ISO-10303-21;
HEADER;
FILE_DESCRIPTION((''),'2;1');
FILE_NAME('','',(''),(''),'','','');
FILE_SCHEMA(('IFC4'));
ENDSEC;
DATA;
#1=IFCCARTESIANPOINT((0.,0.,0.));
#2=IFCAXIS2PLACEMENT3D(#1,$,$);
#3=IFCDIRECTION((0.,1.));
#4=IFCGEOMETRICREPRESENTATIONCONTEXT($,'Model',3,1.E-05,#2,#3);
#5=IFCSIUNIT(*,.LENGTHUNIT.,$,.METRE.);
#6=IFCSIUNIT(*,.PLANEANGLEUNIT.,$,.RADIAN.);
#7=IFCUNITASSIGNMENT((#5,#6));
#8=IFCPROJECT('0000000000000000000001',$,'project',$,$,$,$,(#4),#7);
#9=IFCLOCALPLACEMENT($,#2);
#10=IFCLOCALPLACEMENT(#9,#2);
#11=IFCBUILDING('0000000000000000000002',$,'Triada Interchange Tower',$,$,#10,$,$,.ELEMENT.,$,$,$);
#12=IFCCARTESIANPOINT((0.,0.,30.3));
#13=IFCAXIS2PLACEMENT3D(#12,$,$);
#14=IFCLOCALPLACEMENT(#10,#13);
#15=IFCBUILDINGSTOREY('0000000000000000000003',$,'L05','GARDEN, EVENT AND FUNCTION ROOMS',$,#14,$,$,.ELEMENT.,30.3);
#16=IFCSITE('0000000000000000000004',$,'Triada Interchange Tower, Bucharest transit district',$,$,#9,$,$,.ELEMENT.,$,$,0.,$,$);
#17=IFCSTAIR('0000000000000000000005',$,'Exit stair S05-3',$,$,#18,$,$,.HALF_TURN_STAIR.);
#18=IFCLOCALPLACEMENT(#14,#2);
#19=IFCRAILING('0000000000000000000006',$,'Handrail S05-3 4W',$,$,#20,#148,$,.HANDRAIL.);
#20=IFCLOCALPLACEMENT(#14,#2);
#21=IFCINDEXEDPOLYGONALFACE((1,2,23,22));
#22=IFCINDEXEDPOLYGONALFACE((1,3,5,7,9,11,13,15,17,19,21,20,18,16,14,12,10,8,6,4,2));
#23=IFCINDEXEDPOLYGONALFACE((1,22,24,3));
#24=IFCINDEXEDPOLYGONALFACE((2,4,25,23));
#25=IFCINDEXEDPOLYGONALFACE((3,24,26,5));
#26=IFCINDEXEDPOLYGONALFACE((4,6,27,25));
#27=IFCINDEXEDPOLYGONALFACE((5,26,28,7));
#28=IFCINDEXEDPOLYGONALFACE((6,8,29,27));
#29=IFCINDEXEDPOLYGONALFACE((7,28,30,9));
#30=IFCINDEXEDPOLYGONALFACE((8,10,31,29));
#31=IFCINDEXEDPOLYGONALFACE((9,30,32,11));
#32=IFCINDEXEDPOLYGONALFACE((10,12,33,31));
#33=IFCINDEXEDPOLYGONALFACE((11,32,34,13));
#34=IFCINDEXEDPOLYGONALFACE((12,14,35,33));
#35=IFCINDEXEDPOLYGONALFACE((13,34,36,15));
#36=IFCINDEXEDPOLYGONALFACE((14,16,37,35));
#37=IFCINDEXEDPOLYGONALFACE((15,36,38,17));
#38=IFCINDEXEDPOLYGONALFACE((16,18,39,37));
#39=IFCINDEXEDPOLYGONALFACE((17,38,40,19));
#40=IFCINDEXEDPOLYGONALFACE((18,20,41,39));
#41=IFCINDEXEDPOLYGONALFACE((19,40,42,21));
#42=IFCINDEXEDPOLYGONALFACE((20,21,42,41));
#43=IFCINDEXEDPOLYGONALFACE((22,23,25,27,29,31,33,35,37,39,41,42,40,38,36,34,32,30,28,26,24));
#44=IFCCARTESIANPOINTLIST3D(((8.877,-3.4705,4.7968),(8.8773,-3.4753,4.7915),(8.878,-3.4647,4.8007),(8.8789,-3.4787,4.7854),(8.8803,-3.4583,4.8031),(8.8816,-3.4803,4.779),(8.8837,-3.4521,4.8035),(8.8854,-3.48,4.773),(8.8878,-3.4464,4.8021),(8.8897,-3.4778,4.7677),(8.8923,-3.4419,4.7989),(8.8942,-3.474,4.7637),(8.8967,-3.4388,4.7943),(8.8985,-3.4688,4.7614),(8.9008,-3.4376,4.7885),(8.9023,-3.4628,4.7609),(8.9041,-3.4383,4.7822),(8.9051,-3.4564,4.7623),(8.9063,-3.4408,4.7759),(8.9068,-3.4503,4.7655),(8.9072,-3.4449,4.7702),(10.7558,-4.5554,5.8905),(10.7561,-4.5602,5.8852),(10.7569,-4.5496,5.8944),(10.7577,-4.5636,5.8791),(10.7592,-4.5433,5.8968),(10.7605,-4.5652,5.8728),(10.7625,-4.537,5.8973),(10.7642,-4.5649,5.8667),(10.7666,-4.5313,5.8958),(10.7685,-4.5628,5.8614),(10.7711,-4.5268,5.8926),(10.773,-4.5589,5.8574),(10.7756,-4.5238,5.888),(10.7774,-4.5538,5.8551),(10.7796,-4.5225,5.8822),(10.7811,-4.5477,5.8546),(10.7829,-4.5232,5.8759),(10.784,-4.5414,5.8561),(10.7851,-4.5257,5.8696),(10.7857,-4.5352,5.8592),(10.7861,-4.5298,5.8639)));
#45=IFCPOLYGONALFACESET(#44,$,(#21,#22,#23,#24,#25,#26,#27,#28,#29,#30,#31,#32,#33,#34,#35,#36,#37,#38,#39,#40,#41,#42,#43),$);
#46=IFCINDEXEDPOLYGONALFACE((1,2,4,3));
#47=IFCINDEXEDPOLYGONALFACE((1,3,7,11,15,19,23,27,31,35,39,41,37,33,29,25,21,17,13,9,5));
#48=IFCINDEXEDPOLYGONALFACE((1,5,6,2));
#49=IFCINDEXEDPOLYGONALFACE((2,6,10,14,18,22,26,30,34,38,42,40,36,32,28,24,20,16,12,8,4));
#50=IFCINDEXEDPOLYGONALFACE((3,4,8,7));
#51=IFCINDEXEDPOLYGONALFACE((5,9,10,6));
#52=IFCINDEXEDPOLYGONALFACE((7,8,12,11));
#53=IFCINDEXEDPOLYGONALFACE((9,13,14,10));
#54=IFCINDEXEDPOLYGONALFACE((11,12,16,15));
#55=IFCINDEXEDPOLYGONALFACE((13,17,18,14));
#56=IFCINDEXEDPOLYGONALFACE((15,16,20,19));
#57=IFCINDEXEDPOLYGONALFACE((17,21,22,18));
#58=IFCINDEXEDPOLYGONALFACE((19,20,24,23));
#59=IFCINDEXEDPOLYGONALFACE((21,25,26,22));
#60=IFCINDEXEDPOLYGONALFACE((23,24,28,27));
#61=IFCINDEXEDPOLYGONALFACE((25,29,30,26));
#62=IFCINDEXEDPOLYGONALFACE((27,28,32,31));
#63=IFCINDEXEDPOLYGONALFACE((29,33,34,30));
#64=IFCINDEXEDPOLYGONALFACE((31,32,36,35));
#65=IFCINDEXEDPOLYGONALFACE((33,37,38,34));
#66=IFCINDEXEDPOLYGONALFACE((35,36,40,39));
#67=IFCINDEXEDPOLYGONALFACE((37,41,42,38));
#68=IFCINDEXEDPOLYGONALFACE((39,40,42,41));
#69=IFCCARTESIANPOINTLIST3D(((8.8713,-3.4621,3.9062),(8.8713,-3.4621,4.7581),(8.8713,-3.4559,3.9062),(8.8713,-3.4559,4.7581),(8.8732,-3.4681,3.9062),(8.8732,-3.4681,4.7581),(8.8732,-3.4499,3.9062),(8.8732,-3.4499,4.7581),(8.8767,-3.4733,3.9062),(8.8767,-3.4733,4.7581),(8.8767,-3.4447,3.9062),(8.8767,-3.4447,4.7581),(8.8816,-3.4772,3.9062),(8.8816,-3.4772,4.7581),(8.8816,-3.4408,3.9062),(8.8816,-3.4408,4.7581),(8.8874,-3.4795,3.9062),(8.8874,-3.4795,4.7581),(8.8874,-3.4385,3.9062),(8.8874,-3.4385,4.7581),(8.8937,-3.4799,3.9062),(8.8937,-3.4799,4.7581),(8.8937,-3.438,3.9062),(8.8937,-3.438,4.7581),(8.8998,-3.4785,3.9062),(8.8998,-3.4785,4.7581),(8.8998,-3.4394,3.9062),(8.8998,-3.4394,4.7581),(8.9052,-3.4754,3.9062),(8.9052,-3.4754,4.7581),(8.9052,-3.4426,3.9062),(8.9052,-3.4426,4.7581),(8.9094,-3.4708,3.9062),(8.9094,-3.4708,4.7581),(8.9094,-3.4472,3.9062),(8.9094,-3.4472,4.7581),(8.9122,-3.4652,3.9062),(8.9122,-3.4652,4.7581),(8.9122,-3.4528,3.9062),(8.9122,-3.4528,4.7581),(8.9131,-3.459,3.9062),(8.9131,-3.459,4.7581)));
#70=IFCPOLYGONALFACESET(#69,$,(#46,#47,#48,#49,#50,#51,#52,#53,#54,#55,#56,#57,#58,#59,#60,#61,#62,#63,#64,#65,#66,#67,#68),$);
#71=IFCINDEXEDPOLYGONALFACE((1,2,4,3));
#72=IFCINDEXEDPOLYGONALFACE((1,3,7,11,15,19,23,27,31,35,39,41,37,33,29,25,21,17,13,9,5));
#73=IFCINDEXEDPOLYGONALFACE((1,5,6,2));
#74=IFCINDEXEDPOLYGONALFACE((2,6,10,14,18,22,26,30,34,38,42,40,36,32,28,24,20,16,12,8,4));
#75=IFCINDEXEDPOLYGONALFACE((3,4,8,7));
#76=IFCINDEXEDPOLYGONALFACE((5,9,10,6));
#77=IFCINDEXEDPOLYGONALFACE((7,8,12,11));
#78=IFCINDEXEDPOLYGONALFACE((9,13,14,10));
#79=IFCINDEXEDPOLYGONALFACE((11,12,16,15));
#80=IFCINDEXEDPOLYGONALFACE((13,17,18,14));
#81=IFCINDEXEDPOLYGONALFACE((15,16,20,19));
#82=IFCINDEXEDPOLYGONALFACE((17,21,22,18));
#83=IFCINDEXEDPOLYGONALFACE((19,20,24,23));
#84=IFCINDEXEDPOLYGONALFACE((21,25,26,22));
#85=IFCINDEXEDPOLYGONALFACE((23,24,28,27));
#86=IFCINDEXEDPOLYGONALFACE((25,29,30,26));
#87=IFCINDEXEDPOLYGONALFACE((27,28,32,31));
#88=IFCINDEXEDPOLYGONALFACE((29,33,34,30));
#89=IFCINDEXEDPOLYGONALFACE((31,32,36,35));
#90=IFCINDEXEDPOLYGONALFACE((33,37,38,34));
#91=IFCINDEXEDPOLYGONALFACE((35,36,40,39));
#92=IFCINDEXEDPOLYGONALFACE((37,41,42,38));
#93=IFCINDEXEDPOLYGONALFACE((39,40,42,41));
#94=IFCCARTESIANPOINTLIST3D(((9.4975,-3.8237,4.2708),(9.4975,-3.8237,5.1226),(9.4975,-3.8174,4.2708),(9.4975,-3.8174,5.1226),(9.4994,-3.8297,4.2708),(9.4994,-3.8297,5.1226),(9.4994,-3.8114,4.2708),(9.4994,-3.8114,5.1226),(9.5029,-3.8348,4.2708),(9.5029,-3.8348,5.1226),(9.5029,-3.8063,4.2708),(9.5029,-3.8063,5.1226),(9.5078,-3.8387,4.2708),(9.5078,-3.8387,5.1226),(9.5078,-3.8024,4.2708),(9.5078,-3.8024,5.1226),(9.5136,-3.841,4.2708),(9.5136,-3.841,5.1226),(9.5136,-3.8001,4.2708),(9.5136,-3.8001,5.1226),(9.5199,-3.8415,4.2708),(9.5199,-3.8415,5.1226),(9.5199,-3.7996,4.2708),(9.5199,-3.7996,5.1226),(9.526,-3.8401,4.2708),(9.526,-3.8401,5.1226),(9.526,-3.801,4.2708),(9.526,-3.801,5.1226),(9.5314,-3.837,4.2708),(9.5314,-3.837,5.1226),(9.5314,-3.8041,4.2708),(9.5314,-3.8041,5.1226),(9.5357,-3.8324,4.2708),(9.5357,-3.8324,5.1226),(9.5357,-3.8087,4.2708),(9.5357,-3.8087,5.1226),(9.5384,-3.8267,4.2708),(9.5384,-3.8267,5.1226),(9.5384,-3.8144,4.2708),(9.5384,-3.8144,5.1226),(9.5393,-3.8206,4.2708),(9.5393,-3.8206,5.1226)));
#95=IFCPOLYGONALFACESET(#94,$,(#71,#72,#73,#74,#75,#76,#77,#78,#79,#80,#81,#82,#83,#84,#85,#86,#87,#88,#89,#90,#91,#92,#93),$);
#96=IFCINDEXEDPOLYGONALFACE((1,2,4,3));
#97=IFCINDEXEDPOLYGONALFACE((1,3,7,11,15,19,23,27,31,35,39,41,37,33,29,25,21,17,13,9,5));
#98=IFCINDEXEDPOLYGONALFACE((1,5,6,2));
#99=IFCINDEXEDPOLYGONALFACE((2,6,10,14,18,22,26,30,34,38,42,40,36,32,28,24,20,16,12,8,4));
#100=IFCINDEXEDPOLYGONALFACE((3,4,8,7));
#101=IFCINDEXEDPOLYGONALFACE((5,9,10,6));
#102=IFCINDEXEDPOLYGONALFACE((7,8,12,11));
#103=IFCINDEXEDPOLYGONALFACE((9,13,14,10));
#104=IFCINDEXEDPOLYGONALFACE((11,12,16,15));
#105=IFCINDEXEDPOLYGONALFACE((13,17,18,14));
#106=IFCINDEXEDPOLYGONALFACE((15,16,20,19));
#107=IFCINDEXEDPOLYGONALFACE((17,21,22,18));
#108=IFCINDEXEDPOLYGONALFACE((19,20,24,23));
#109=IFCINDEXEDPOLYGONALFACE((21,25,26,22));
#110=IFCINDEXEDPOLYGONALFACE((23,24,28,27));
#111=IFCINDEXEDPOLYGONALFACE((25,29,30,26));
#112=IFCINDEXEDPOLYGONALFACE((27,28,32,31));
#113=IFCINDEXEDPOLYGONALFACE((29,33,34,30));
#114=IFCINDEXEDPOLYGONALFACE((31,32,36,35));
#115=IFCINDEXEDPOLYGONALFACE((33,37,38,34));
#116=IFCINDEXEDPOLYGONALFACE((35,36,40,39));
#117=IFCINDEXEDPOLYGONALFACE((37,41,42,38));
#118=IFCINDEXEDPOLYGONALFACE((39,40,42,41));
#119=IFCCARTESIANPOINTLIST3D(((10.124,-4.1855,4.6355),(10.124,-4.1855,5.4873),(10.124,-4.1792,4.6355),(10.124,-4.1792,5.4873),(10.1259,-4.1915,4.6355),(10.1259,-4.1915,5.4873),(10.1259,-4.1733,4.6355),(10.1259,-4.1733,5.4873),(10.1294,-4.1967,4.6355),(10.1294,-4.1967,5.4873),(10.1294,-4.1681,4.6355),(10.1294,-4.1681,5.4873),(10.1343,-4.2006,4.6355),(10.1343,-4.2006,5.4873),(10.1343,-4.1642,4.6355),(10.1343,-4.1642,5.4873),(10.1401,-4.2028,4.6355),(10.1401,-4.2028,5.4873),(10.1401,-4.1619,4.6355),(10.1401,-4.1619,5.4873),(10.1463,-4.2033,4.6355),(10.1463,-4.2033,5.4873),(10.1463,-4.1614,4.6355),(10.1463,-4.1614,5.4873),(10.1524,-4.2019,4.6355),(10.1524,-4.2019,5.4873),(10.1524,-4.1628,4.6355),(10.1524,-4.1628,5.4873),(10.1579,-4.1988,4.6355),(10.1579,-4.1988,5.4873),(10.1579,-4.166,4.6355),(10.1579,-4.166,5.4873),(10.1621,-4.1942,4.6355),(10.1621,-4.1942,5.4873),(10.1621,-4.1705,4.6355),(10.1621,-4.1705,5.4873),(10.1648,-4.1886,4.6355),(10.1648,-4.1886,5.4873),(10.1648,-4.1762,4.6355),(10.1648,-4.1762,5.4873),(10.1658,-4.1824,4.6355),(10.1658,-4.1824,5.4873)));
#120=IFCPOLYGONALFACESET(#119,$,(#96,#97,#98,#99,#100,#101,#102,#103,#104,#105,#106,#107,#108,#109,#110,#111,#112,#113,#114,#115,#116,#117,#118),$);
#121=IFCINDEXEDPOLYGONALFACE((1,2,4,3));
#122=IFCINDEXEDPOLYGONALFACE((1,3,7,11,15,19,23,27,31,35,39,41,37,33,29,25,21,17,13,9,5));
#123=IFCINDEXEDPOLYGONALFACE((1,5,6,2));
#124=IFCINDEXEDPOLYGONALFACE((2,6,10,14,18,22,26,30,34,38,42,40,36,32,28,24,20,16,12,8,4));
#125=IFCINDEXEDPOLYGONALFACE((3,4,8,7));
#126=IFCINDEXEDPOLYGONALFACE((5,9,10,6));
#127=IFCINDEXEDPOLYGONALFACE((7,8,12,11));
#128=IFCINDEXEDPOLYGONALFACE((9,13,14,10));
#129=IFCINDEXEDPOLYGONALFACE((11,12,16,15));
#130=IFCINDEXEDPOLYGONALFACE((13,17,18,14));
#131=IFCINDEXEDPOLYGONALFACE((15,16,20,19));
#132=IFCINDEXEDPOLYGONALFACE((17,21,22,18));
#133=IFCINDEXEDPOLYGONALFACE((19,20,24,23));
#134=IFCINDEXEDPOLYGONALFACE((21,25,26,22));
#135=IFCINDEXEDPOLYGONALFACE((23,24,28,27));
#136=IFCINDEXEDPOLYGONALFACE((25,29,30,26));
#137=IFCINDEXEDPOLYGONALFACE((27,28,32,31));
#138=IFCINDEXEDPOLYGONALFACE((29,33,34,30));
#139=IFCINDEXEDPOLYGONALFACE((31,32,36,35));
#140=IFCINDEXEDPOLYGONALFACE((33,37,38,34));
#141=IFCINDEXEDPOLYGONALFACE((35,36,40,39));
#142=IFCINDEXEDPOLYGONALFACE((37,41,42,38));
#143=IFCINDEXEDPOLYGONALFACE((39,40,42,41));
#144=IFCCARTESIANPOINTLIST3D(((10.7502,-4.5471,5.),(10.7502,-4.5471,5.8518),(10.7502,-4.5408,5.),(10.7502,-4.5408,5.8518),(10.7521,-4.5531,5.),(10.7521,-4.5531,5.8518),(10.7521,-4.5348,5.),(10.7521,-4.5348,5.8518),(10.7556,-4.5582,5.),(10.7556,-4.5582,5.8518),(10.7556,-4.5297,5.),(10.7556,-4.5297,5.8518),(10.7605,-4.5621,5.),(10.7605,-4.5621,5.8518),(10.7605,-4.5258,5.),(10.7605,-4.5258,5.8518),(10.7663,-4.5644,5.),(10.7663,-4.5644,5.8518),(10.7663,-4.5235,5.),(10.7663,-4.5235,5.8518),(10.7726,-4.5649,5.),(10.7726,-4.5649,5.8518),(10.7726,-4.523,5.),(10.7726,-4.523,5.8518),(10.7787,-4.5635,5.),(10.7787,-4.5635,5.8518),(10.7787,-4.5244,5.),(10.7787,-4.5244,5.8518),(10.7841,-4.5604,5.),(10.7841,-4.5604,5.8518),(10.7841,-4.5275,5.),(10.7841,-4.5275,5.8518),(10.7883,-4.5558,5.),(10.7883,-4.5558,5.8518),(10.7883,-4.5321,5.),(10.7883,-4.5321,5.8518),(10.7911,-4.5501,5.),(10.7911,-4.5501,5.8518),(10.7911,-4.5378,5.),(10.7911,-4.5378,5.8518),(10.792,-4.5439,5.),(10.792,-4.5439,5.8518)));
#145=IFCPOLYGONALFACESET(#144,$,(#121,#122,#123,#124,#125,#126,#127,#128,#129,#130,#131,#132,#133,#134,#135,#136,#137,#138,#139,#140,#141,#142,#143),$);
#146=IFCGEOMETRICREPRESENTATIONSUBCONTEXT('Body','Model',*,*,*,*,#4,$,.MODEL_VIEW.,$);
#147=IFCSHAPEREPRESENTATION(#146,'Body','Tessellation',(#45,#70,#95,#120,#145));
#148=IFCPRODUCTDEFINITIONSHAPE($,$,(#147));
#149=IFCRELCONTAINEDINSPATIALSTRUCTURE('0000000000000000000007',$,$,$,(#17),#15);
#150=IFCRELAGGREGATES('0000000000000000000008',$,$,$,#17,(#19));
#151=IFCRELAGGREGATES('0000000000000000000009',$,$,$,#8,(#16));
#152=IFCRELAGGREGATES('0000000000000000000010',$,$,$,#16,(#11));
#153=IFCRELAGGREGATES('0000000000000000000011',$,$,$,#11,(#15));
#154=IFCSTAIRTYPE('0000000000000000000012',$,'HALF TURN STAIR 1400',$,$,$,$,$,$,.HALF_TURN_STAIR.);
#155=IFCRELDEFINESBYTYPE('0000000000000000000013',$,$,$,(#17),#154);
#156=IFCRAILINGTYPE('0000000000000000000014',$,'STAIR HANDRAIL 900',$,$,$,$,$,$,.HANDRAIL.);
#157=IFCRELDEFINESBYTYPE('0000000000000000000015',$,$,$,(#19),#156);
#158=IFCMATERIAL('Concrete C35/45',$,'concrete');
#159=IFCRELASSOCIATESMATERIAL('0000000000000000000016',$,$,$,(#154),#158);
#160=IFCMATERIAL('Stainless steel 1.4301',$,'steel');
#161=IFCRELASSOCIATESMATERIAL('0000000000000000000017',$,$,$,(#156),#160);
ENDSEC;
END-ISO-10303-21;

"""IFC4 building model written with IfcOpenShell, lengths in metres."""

from ifc_helpers import new_model, si_unit, direction, frame, origin, origin_2d, place, context, subcontext, project, spatial, circle, extrude, material, type_object, element, aggregate, save


model = new_model("IFC4")

# Units and contexts
model_context = context("Model", 3, precision=1e-05, world=origin(), true_north=direction((0.0, 1.0)))
body_context = subcontext(model_context, "Body", "Model", "MODEL_VIEW")
ifc_project = project(units=[si_unit("LENGTHUNIT", "METRE"), si_unit("PLANEANGLEUNIT", "RADIAN")], contexts=[model_context])

# Site, building, storey
site_placement = place(None, origin())
site = spatial("IfcSite", under=ifc_project, at=site_placement, Name="Triada Interchange Tower, Bucharest transit district", CompositionType="ELEMENT", RefElevation=0.0)
building_placement = place(site_placement, origin())
building = spatial("IfcBuilding", under=site, at=building_placement, Name="Triada Interchange Tower", CompositionType="ELEMENT")
storey_placement = place(building_placement, frame((0.0, 0.0, 30.3)))
storey = spatial("IfcBuildingStorey", under=building, at=storey_placement, Name="L05", Description="GARDEN, EVENT AND FUNCTION ROOMS", CompositionType="ELEMENT", Elevation=30.3)

# Stair, railing
ifc_material_1 = material(Name="Concrete C35/45", Category="concrete")
stair_type = type_object("IfcStairType", Name="HALF TURN STAIR 1400", PredefinedType="HALF_TURN_STAIR", material=ifc_material_1)
stair_placement = place(storey_placement, origin())
stair = element("IfcStair", 1, at=stair_placement, inside=storey, type_object=stair_type, Name="Exit stair S05-3", PredefinedType="HALF_TURN_STAIR")
ifc_material_2 = material(Name="Stainless steel 1.4301", Category="steel")
railing_type = type_object("IfcRailingType", Name="STAIR HANDRAIL 900", PredefinedType="HANDRAIL", material=ifc_material_2)
railing_1_placement = place(storey_placement, frame((8.8921, -3.459, 3.9062)))
railing_1 = element("IfcRailing", 2, at=railing_1_placement, type_object=railing_type, Name="Handrail S05-3 4W", PredefinedType="HANDRAIL", context=body_context, shape_type="SweptSolid", body=[
    extrude(circle(Radius=0.0239, at=origin_2d()), frame((0.0, 0.0, 0.876), z_axis=(0.77329, -0.446531, 0.450148), x_axis=(0.50006, 0.865991, 0.0)), (0.0, 0.0, 1.0), 2.4297),
    extrude(circle(Radius=0.021, at=origin_2d()), origin(), (0.0, 0.0, 1.0), 0.8518),
    extrude(circle(Radius=0.021, at=origin_2d()), frame((0.6262, -0.3616, 0.3645)), (0.0, 0.0, 1.0), 0.8518),
    extrude(circle(Radius=0.021, at=origin_2d()), frame((1.2527, -0.7234, 0.7292)), (0.0, 0.0, 1.0), 0.8518),
    extrude(circle(Radius=0.021, at=origin_2d()), frame((1.8789, -1.085, 1.0938)), (0.0, 0.0, 1.0), 0.8518),
])
aggregate(stair, [railing_1])

save(model, "model.ifc")
